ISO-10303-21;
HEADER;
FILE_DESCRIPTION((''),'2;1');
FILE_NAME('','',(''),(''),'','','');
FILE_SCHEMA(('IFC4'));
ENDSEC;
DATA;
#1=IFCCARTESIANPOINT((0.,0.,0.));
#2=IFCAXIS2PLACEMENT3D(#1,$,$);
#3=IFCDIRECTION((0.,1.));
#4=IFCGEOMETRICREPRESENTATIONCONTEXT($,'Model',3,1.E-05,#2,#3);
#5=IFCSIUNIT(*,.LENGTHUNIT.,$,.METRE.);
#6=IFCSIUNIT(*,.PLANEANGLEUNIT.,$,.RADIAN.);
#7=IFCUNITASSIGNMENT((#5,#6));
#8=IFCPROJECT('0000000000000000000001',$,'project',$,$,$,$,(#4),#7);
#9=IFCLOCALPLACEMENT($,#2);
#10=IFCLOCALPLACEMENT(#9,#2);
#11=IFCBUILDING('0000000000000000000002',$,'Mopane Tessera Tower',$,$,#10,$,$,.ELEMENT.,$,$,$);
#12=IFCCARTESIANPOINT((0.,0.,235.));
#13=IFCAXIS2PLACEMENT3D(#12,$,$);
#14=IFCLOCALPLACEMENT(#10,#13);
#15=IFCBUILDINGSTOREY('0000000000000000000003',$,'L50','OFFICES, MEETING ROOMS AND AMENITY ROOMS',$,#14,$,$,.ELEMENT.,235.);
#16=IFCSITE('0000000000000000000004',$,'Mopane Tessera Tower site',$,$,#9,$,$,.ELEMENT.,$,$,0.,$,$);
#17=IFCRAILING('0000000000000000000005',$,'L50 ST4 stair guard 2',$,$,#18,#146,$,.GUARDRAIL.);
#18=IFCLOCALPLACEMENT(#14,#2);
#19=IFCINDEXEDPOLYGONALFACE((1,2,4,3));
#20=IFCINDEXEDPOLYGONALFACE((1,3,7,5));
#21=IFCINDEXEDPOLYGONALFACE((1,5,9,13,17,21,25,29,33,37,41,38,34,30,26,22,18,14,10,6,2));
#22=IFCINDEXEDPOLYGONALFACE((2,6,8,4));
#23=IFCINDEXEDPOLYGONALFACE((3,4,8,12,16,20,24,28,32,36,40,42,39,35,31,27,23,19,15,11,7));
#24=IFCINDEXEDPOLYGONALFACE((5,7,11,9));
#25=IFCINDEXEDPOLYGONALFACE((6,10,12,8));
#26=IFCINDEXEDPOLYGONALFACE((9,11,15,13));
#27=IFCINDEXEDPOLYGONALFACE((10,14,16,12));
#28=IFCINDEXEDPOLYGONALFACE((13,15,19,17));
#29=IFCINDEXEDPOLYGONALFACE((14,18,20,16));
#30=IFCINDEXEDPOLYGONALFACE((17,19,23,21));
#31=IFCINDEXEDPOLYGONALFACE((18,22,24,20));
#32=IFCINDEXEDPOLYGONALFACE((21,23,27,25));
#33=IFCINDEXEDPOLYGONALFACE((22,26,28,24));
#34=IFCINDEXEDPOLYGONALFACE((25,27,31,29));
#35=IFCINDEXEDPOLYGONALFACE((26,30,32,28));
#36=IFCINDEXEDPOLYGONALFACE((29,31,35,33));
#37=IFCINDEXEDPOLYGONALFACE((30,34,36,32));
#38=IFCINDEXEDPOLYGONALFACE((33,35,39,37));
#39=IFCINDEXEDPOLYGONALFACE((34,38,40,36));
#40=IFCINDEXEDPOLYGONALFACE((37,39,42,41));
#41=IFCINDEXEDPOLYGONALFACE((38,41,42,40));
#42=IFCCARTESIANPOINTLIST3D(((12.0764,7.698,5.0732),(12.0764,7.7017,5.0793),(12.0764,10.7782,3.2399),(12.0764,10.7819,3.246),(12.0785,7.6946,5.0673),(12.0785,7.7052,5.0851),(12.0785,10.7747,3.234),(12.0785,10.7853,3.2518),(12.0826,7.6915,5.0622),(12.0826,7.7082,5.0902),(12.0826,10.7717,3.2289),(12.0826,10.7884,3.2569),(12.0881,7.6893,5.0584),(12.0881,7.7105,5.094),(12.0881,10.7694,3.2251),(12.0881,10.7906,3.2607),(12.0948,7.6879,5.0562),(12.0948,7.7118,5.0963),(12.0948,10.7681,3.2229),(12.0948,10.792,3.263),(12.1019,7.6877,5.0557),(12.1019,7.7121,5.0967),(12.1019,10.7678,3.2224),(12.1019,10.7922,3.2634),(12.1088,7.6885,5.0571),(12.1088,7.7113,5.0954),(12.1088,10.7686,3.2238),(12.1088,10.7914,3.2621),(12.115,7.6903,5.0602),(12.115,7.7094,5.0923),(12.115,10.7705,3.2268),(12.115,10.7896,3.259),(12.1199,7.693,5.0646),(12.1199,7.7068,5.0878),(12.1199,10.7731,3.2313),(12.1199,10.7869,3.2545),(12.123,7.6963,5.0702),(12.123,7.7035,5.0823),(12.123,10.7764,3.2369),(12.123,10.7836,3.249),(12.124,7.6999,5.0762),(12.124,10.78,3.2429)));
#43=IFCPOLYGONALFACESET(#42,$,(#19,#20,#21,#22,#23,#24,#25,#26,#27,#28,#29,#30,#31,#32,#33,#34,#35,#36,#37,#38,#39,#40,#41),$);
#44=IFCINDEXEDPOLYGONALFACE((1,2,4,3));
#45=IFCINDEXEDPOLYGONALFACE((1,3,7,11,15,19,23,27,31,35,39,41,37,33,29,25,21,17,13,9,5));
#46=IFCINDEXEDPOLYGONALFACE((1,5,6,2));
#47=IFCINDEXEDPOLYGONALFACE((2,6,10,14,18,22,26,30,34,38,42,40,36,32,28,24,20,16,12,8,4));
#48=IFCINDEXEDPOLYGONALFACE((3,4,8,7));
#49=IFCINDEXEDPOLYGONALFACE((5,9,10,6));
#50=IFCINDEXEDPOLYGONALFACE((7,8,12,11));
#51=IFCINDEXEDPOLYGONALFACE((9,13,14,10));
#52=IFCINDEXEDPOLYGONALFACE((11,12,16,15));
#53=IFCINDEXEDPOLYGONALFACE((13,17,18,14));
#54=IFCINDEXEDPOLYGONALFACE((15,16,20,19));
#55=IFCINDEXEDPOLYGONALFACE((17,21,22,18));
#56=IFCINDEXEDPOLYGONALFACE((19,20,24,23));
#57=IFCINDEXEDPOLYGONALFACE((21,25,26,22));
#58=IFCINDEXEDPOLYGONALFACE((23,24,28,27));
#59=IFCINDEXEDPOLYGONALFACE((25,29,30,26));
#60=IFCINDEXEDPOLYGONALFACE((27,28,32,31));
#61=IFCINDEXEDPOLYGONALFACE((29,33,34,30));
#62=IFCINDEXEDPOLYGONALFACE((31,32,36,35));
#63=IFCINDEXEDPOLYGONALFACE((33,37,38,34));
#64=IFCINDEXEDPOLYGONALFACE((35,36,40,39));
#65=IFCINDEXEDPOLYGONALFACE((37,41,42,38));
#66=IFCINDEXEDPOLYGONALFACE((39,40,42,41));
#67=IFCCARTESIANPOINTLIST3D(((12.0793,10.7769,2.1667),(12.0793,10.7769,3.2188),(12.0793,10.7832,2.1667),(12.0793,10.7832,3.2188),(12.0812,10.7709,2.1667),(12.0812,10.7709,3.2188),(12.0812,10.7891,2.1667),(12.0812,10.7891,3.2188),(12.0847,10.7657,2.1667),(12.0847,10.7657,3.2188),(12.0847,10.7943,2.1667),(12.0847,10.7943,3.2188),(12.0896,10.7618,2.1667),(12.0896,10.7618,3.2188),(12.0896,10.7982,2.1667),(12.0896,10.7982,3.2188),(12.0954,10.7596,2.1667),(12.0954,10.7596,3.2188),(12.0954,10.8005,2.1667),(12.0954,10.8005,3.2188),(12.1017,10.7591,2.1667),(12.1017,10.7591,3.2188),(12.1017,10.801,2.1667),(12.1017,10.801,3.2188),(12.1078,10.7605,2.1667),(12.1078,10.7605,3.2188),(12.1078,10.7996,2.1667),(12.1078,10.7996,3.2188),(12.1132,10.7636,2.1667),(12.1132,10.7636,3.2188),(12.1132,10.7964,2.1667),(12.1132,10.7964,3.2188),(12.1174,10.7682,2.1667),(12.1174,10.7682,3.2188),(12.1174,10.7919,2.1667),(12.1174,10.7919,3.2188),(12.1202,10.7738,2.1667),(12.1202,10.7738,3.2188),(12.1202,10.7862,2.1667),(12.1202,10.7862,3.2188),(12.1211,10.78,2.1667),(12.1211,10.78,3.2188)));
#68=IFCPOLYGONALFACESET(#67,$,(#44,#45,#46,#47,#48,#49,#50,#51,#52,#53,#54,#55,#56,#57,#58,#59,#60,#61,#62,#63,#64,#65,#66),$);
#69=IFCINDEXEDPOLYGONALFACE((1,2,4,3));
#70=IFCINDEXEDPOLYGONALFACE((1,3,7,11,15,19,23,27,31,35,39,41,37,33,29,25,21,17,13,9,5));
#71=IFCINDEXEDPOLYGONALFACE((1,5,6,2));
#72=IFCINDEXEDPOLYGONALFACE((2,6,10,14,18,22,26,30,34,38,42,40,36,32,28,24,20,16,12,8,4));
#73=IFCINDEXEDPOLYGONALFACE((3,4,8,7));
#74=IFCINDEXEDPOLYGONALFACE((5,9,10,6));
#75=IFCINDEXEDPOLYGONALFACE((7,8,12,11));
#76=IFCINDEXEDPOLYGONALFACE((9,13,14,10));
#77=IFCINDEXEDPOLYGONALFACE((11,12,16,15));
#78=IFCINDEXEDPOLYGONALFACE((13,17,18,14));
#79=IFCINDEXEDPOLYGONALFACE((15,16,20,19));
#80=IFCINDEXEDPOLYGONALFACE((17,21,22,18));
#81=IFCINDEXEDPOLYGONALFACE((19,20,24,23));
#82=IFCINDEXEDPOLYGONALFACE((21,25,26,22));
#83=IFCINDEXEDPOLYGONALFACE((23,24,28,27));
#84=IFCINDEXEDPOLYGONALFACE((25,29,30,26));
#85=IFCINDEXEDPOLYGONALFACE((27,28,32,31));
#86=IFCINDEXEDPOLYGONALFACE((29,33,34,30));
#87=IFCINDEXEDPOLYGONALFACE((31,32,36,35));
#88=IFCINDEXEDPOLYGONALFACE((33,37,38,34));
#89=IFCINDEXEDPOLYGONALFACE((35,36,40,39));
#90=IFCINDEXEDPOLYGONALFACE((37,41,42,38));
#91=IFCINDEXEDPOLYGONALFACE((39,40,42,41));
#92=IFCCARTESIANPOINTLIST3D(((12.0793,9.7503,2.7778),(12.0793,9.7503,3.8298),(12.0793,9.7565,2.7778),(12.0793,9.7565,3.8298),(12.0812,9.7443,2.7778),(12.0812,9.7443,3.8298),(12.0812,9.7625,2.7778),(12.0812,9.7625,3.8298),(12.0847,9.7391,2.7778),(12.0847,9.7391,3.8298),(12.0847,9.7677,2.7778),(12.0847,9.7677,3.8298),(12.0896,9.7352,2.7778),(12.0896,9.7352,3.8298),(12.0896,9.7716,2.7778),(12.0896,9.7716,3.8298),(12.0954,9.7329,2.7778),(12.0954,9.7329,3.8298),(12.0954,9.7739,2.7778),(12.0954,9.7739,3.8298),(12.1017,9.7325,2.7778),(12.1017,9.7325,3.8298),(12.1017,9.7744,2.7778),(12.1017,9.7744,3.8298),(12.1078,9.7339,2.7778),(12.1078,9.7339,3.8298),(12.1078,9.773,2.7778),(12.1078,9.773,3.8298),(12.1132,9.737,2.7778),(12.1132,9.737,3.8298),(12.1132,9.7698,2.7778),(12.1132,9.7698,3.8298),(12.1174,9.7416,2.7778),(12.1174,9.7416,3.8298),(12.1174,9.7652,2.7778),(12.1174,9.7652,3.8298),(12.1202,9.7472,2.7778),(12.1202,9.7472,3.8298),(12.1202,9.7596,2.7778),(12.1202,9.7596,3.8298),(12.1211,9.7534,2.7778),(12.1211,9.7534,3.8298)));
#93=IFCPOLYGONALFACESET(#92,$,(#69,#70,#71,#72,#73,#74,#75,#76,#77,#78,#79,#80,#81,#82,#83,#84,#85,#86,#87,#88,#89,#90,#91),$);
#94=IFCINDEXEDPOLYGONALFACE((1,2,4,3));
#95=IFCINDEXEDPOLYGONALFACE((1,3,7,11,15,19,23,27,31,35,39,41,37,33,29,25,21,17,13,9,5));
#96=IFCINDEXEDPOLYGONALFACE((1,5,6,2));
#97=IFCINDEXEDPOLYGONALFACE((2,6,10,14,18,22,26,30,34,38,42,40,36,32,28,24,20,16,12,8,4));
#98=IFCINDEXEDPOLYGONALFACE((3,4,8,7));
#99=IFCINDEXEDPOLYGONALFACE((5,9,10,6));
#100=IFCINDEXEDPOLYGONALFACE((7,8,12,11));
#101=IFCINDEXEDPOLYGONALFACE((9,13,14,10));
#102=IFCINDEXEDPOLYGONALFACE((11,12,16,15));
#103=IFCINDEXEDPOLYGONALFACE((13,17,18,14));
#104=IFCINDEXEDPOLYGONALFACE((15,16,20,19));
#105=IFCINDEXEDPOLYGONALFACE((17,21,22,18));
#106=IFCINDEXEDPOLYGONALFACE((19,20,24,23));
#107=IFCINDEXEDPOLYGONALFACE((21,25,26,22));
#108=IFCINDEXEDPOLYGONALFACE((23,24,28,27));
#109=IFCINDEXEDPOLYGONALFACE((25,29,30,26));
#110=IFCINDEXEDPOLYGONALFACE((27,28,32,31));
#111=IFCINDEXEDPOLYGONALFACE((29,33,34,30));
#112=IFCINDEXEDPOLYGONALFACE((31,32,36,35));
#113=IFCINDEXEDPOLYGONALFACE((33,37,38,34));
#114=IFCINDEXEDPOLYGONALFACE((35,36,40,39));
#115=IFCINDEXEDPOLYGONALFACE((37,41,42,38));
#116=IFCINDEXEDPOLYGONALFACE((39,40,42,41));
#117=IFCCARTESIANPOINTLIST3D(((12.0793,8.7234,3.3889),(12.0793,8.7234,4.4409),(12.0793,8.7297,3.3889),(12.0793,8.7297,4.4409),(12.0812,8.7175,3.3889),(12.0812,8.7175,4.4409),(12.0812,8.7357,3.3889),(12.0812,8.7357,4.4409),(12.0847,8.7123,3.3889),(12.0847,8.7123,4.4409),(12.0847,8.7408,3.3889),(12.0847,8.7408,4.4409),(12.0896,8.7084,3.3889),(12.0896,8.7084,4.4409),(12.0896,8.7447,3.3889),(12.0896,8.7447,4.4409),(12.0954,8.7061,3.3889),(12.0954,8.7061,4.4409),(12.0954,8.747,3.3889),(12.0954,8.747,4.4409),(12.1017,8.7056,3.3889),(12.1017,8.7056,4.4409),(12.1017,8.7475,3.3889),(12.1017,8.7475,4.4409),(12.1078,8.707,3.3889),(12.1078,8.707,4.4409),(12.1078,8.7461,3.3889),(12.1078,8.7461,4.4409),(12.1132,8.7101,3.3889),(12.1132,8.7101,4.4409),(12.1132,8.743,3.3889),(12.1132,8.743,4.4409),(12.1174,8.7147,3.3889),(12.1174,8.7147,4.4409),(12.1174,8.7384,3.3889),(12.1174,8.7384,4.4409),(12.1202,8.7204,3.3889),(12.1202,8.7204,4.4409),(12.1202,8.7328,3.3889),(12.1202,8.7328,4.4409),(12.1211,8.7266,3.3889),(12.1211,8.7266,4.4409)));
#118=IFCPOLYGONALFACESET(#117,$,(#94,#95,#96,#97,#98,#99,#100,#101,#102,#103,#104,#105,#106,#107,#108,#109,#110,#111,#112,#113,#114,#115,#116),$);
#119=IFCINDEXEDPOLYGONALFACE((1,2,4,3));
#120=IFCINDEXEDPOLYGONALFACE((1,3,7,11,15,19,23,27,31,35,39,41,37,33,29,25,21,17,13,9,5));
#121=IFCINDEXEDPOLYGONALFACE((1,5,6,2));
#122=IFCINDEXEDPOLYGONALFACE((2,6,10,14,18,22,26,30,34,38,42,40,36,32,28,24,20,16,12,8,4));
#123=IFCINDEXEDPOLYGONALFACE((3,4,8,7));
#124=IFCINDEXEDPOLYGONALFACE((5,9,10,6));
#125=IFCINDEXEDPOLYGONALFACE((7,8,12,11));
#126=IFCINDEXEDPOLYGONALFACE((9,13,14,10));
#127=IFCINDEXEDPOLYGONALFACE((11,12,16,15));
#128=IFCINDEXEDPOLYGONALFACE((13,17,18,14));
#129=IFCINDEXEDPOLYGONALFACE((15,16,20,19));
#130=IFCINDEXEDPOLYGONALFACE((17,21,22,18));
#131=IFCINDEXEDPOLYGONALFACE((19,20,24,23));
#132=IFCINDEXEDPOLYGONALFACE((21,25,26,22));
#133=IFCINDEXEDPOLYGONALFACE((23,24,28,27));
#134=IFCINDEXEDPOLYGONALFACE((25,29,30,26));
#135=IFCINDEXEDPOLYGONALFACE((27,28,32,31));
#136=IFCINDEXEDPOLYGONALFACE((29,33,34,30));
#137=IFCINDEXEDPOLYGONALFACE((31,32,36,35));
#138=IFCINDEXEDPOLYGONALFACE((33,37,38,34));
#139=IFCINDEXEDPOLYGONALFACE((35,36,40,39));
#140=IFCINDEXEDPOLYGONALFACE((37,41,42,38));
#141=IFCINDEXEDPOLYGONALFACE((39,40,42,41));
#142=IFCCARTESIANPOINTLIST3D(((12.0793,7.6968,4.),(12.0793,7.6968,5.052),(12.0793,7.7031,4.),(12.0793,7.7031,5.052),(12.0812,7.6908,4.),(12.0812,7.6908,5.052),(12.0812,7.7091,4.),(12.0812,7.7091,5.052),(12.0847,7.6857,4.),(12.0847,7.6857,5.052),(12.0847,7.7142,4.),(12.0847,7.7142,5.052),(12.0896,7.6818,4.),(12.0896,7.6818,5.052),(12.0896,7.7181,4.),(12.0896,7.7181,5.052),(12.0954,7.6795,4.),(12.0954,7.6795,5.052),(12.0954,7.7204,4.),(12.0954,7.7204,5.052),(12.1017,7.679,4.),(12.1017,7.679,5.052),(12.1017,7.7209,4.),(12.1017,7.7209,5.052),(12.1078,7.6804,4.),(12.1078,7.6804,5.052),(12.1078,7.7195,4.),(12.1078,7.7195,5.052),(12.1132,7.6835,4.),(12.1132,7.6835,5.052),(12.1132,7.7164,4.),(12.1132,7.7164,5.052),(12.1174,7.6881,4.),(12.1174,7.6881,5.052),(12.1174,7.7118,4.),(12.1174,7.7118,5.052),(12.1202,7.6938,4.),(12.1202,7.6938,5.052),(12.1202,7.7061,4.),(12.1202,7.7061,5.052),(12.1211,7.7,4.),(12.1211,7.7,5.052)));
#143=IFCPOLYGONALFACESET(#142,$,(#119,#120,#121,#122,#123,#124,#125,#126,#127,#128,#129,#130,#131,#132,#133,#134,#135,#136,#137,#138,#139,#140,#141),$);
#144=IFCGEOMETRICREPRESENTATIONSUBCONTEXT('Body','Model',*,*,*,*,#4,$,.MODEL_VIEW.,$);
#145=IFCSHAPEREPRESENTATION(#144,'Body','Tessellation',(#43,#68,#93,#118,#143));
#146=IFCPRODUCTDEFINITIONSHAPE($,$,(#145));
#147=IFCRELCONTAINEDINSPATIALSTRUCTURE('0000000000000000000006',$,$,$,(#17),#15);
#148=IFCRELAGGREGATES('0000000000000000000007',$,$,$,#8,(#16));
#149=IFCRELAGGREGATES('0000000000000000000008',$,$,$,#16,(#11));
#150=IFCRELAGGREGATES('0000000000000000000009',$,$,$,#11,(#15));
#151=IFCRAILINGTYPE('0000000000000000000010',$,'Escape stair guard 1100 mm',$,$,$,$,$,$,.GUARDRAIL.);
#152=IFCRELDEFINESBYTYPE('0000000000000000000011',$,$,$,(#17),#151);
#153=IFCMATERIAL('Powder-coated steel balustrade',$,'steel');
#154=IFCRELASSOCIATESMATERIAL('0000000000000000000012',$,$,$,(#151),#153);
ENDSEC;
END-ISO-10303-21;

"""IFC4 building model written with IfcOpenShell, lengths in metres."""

from ifc_helpers import new_model, si_unit, direction, frame, origin, origin_2d, place, context, subcontext, project, spatial, circle, extrude, material, type_object, element, save


model = new_model("IFC4")

# Units and contexts
model_context = context("Model", 3, precision=1e-05, world=origin(), true_north=direction((0.0, 1.0)))
body_context = subcontext(model_context, "Body", "Model", "MODEL_VIEW")
ifc_project = project(units=[si_unit("LENGTHUNIT", "METRE"), si_unit("PLANEANGLEUNIT", "RADIAN")], contexts=[model_context])

# Site, building, storey
site_placement = place(None, origin())
site = spatial("IfcSite", under=ifc_project, at=site_placement, Name="Mopane Tessera Tower site", CompositionType="ELEMENT", RefElevation=0.0)
building_placement = place(site_placement, origin())
building = spatial("IfcBuilding", under=site, at=building_placement, Name="Mopane Tessera Tower", CompositionType="ELEMENT")
storey_placement = place(building_placement, frame((0.0, 0.0, 235.0)))
storey = spatial("IfcBuildingStorey", under=building, at=storey_placement, Name="L50", Description="OFFICES, MEETING ROOMS AND AMENITY ROOMS", CompositionType="ELEMENT", Elevation=235.0)

# Railing
ifc_material_1 = material(Name="Powder-coated steel balustrade", Category="steel")
railing_type_1 = type_object("IfcRailingType", Name="Escape stair guard 1100 mm", PredefinedType="GUARDRAIL", material=ifc_material_1)
railing_1_placement = place(storey_placement, frame((12.1001, 10.78, 2.1667)))
element("IfcRailing", 1, at=railing_1_placement, inside=storey, type_object=railing_type_1, Name="L50 ST4 stair guard 2", PredefinedType="GUARDRAIL", context=body_context, shape_type="SweptSolid", body=[
    extrude(circle(Radius=0.0239, at=origin_2d()), frame((0.0, 0.0, 1.0762), z_axis=(0.0, -0.859309, 0.511458), x_axis=(1.0, 0.0, 0.0)), (0.0, 0.0, 1.0), 3.5845),
    extrude(circle(Radius=0.021, at=origin_2d()), origin(), (0.0, 0.0, 1.0), 1.052),
    extrude(circle(Radius=0.021, at=origin_2d()), frame((0.0, -1.0266, 0.6111)), (0.0, 0.0, 1.0), 1.052),
    extrude(circle(Radius=0.021, at=origin_2d()), frame((0.0, -2.0535, 1.2222)), (0.0, 0.0, 1.0), 1.052),
    extrude(circle(Radius=0.021, at=origin_2d()), frame((0.0, -3.0801, 1.8333)), (0.0, 0.0, 1.0), 1.052),
])

save(model, "model.ifc")
